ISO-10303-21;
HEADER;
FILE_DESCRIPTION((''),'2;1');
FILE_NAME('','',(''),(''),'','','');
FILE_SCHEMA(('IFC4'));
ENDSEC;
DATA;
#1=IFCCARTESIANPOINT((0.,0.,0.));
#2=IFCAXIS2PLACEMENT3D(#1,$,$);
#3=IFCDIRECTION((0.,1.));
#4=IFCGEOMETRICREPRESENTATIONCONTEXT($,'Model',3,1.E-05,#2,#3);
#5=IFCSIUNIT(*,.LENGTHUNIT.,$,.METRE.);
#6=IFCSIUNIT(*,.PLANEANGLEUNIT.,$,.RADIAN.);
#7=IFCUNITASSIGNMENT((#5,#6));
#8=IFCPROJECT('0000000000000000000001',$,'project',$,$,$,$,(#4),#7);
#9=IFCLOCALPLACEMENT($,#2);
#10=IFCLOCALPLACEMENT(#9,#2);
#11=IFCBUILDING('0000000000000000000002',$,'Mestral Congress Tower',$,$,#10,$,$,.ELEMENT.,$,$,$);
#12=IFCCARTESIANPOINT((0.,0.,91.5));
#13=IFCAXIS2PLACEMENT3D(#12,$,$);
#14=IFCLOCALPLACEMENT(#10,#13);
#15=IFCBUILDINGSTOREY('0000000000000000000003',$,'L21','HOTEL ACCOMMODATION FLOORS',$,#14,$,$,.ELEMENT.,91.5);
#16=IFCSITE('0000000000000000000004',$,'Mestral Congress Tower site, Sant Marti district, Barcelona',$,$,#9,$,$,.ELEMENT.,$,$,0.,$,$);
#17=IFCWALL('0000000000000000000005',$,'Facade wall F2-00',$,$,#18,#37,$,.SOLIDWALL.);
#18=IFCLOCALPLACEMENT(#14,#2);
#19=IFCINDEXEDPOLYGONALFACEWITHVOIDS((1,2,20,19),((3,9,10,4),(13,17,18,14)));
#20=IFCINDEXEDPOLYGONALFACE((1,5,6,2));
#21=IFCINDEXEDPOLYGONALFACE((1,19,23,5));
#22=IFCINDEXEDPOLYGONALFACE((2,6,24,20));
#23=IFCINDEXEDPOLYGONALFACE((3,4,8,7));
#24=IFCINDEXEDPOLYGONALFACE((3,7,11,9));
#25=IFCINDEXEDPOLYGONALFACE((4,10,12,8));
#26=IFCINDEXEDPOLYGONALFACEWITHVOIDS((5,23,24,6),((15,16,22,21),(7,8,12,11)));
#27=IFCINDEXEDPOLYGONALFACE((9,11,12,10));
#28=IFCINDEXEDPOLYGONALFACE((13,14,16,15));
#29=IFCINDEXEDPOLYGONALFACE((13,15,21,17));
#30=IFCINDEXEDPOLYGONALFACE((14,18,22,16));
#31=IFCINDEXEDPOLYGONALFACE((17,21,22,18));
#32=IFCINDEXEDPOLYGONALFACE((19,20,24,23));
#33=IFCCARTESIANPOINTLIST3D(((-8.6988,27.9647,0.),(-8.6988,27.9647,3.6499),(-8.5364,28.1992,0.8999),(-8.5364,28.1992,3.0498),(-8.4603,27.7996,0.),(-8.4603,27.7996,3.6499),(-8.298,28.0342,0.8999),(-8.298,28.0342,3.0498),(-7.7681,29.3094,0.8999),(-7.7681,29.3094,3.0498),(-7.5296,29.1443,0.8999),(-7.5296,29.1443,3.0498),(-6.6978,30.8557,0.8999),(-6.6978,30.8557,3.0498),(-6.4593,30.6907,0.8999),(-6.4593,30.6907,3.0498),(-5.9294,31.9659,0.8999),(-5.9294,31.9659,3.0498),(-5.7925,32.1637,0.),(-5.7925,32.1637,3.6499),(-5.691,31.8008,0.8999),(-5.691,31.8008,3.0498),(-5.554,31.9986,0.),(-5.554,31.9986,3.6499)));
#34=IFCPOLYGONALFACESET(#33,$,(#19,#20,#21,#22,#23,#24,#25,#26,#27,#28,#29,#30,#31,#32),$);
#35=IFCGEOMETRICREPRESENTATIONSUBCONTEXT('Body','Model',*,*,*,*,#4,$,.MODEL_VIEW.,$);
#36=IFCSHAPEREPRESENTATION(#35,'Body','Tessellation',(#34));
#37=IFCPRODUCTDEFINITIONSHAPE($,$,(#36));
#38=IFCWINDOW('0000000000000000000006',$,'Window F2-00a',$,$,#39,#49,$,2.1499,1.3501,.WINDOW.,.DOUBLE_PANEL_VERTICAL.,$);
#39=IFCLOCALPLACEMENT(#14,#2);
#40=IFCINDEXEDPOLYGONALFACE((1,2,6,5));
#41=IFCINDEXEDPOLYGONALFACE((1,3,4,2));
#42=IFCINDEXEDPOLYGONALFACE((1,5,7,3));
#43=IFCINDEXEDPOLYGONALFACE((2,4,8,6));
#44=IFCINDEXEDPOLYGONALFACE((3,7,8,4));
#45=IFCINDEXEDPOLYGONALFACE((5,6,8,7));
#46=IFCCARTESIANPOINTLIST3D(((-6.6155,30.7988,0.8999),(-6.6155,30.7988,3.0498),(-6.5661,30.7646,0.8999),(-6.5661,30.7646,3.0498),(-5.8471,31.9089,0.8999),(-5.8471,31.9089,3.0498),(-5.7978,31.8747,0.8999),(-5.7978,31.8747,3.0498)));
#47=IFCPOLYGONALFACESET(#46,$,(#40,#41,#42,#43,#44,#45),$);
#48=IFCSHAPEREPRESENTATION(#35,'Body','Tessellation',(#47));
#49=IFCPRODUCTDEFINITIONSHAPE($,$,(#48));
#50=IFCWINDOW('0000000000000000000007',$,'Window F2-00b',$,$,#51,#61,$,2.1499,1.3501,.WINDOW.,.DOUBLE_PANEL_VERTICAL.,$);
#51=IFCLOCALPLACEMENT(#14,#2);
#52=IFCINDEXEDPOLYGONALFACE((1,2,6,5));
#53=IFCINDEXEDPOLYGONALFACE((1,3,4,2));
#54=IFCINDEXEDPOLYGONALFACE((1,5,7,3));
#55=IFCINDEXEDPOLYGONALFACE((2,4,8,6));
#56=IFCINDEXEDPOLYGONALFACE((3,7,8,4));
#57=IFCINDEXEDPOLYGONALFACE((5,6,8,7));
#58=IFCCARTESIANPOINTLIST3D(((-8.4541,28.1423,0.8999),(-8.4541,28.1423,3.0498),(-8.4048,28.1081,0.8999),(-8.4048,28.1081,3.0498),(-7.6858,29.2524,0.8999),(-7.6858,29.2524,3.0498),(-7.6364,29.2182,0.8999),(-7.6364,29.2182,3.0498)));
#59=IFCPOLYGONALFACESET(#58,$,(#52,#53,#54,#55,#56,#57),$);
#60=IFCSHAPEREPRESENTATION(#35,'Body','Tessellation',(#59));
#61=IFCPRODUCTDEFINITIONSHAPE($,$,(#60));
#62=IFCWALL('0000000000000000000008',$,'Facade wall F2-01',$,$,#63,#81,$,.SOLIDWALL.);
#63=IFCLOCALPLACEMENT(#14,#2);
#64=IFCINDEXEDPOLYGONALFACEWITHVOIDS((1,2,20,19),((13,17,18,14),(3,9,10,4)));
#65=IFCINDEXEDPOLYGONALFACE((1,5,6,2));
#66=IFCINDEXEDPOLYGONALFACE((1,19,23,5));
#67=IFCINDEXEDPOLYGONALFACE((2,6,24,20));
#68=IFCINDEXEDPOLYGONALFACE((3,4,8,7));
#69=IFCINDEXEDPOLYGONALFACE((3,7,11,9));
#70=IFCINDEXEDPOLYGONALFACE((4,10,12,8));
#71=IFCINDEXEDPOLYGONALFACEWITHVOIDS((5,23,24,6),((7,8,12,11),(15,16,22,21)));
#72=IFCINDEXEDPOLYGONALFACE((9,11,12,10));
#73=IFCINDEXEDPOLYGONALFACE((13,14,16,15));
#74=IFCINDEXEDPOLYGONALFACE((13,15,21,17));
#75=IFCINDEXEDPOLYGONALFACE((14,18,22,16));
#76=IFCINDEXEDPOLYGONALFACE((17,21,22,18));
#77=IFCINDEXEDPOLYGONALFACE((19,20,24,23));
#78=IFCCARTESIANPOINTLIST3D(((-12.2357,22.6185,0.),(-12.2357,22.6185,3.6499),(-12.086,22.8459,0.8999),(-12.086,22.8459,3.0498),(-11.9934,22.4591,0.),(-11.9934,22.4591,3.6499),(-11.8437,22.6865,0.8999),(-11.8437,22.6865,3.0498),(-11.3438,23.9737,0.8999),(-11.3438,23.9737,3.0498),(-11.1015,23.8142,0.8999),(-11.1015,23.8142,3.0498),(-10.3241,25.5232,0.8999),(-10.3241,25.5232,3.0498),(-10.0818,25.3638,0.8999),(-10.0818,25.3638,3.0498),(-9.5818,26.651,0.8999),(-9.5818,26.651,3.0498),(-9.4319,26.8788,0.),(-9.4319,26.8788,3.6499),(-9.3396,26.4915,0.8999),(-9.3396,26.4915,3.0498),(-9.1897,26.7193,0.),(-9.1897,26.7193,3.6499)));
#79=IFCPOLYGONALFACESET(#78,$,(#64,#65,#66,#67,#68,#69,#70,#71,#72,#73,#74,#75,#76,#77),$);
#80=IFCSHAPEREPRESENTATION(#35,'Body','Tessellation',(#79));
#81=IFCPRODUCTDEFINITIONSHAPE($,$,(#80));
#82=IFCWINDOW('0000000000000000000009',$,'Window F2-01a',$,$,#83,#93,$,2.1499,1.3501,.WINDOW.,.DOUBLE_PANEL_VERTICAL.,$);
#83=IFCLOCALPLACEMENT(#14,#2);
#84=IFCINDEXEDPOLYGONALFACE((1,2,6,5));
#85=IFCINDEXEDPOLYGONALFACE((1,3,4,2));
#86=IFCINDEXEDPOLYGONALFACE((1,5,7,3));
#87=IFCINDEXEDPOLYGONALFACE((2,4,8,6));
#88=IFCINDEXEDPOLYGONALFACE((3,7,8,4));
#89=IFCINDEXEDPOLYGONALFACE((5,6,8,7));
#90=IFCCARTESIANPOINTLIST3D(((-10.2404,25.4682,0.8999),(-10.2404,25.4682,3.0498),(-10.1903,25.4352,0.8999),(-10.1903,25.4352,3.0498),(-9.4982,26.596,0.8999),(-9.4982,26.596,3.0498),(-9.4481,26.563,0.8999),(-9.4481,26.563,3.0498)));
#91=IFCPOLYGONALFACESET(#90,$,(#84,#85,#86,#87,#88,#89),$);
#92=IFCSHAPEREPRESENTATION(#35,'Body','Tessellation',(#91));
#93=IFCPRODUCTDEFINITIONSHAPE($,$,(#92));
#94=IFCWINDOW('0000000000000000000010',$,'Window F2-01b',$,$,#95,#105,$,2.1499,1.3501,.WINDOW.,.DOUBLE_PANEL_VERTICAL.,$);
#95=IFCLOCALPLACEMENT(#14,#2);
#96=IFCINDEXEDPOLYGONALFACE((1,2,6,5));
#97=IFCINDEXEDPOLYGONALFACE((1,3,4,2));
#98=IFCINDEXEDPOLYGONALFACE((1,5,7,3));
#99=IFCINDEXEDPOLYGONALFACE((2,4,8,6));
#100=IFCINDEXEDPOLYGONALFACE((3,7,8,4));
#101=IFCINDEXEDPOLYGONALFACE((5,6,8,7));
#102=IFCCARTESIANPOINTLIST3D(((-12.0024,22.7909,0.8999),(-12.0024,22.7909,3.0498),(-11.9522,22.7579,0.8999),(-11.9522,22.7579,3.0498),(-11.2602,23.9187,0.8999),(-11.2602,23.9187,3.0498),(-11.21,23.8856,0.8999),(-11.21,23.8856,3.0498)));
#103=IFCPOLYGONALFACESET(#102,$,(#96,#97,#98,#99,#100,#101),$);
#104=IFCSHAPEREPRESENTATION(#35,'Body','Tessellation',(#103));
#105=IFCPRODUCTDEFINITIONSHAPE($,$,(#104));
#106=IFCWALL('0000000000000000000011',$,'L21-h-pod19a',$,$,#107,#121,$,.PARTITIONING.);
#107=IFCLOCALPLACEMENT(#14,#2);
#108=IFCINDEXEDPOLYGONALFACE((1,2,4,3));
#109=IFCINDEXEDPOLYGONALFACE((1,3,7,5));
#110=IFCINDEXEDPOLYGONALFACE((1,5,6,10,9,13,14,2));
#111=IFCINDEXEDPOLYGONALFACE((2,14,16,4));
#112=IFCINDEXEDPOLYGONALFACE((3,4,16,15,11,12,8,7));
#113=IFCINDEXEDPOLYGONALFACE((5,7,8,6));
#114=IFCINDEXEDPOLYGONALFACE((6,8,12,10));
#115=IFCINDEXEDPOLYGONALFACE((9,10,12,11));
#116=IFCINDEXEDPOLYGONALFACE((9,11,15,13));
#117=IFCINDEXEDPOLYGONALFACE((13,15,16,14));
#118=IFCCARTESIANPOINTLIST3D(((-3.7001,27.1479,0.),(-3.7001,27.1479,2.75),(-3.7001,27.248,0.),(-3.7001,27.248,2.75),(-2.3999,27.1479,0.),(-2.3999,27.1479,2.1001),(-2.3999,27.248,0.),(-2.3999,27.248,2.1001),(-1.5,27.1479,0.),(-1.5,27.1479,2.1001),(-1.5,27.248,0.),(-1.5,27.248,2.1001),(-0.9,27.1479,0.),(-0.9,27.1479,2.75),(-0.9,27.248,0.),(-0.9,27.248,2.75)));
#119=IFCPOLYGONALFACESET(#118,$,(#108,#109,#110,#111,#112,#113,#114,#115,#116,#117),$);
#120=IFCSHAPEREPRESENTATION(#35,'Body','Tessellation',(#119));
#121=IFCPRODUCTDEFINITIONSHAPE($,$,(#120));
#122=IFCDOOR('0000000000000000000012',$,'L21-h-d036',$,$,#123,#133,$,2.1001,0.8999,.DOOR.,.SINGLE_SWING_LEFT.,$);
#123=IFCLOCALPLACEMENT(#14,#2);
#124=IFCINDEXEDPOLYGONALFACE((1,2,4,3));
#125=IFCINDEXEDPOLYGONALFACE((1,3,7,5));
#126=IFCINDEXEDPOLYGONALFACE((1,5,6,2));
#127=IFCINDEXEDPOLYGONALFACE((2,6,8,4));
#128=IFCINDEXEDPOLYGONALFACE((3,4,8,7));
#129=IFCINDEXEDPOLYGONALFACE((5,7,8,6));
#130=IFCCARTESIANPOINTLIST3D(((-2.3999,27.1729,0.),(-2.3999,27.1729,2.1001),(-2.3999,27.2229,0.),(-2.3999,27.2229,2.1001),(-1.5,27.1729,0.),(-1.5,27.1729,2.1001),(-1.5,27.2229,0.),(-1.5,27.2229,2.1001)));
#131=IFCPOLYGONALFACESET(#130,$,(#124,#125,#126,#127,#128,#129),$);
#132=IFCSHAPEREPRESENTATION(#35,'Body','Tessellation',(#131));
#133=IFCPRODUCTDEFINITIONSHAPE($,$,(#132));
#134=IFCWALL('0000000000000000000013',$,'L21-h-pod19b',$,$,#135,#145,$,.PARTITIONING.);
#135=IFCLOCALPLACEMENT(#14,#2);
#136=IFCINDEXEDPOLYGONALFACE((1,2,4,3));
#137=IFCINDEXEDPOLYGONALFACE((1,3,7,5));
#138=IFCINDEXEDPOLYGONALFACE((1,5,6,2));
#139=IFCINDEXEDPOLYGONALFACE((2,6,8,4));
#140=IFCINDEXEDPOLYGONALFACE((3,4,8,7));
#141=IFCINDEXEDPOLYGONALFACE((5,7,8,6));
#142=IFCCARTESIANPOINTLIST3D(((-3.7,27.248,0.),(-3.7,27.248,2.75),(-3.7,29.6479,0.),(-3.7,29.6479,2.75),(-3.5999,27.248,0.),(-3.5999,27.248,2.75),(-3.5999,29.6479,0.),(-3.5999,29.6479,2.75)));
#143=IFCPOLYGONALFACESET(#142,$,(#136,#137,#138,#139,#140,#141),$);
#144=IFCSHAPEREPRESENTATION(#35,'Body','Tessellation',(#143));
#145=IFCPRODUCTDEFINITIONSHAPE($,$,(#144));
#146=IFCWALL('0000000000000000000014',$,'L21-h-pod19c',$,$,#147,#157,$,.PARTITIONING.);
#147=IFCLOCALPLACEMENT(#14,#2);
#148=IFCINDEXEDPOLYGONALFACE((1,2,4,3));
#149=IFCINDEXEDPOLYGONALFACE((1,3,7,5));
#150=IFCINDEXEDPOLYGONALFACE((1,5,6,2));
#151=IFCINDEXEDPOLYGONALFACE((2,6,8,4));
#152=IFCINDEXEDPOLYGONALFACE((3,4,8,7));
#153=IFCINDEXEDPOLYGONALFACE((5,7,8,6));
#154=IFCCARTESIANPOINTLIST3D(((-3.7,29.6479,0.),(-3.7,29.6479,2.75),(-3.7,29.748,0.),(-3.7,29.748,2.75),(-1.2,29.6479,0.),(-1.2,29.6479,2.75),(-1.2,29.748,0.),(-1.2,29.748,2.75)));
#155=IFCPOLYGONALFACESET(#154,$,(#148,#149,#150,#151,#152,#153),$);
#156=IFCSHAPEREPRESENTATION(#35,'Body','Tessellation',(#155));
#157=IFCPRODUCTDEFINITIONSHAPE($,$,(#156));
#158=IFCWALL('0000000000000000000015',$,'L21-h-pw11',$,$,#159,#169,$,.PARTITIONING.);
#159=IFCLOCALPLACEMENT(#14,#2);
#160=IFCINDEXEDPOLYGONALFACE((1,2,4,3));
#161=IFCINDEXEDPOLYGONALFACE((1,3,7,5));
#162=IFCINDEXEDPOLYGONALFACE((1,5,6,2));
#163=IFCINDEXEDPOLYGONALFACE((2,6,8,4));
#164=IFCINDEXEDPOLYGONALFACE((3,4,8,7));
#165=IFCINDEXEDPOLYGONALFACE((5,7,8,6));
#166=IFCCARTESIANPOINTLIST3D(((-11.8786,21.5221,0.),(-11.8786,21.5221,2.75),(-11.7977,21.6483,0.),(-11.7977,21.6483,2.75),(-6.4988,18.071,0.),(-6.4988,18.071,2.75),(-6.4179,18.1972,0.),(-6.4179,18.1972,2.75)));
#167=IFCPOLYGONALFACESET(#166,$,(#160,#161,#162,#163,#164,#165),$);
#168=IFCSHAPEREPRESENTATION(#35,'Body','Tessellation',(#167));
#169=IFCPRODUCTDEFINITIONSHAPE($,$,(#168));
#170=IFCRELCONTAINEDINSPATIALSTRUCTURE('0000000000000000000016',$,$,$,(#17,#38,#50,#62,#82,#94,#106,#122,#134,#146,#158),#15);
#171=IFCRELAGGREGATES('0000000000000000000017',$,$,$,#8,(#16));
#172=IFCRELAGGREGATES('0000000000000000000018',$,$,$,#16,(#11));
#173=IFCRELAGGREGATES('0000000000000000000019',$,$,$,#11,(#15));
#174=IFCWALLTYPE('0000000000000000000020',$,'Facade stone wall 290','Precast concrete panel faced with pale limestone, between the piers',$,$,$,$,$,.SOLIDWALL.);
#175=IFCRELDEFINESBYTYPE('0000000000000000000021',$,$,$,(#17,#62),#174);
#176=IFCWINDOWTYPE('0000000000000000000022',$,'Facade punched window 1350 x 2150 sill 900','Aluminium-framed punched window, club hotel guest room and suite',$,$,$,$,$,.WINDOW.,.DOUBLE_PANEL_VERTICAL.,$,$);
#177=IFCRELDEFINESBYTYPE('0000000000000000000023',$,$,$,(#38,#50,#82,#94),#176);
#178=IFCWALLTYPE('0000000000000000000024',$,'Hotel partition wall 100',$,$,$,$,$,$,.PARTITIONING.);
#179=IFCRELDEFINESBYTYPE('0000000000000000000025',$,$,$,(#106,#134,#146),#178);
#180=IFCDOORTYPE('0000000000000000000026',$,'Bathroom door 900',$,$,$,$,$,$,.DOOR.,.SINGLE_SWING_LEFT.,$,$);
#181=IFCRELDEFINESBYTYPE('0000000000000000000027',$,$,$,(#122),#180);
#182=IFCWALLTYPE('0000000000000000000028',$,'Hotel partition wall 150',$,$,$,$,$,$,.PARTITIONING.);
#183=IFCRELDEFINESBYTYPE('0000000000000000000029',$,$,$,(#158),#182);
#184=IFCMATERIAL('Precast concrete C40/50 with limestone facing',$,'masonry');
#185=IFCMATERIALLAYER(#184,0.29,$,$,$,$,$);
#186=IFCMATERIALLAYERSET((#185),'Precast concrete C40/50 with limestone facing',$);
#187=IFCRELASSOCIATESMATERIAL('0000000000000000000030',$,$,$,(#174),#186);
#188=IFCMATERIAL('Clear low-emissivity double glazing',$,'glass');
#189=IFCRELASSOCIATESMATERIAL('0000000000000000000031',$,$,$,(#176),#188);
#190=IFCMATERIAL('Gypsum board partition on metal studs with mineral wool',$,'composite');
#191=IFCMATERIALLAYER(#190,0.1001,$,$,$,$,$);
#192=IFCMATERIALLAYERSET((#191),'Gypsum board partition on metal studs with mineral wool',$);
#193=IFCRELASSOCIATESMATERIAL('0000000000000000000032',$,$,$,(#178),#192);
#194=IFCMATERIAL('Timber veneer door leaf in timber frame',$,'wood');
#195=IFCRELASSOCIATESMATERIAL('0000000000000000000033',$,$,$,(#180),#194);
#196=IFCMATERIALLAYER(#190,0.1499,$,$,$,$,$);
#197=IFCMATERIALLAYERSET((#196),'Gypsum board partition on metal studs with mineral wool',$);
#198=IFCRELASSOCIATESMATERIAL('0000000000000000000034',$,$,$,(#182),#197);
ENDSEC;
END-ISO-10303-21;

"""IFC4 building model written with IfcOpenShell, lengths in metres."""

from ifc_helpers import new_model, si_unit, direction, frame, frame_2d, origin, place, context, subcontext, project, spatial, rectangle, extrude, material, layer, layer_set, type_object, element, fill, save


model = new_model("IFC4")

# Units and contexts
model_context = context("Model", 3, precision=1e-05, world=origin(), true_north=direction((0.0, 1.0)))
body_context = subcontext(model_context, "Body", "Model", "MODEL_VIEW")
ifc_project = project(units=[si_unit("LENGTHUNIT", "METRE"), si_unit("PLANEANGLEUNIT", "RADIAN")], contexts=[model_context])

# Site, building, storey
site_placement = place(None, origin())
site = spatial("IfcSite", under=ifc_project, at=site_placement, Name="Mestral Congress Tower site, Sant Marti district, Barcelona", CompositionType="ELEMENT", RefElevation=0.0)
building_placement = place(site_placement, origin())
building = spatial("IfcBuilding", under=site, at=building_placement, Name="Mestral Congress Tower", CompositionType="ELEMENT")
storey_placement = place(building_placement, frame((0.0, 0.0, 91.5)))
storey = spatial("IfcBuildingStorey", under=building, at=storey_placement, Name="L21", Description="HOTEL ACCOMMODATION FLOORS", CompositionType="ELEMENT", Elevation=91.5)

# Shared definitions
ifc_material_1 = material(Name="Precast concrete C40/50 with limestone facing", Category="masonry")
ifc_layer_1 = layer(ifc_material_1, 0.29)
ifc_layer_set_1 = layer_set([ifc_layer_1], Name="Precast concrete C40/50 with limestone facing")
wall_type_1 = type_object("IfcWallType", Name="Facade stone wall 290", Description="Precast concrete panel faced with pale limestone, between the piers", PredefinedType="SOLIDWALL", material=ifc_layer_set_1)

# Shared definitions
ifc_material_2 = material(Name="Clear low-emissivity double glazing", Category="glass")

# Walls, openings, windows
wall_1_placement = place(storey_placement, frame((-5.6733, 32.0811, 0.0), z_axis=(0.0, 0.0, 1.0), x_axis=(-0.569113, -0.822259, 0.0)))
wall_1 = element("IfcWall", 1, at=wall_1_placement, inside=storey, type_object=wall_type_1, Name="Facade wall F2-00", PredefinedType="SOLIDWALL", context=body_context, shape_type="SweptSolid", body=[
    extrude(rectangle(XDim=5.1067, YDim=0.29, at=frame_2d((2.5532, 0.0))), origin(), (0.0, 0.0, 1.0), 3.6499),
])
opening_1_placement = place(wall_1_placement, frame((0.2405, 0.0, 0.8999)))
opening_1 = element("IfcOpeningElement", 2, at=opening_1_placement, cuts=wall_1, PredefinedType="OPENING", context=body_context, shape_type="SweptSolid", body=[
    extrude(rectangle(XDim=1.3501, YDim=2.1499, at=frame_2d((0.675, 1.075))), frame((0.0, 0.155, 0.0), z_axis=(0.0, -1.0, 0.0), x_axis=(1.0, 0.0, 0.0)), (0.0, 0.0, 1.0), 0.3101),
])
opening_2_placement = place(wall_1_placement, frame((3.4712, 0.0, 0.8999)))
opening_2 = element("IfcOpeningElement", 3, at=opening_2_placement, cuts=wall_1, PredefinedType="OPENING", context=body_context, shape_type="SweptSolid", body=[
    extrude(rectangle(XDim=1.3501, YDim=2.1499, at=frame_2d((0.675, 1.075))), frame((0.0, 0.155, 0.0), z_axis=(0.0, -1.0, 0.0), x_axis=(1.0, 0.0, 0.0)), (0.0, 0.0, 1.0), 0.3101),
])
window_type_1 = type_object("IfcWindowType", Name="Facade punched window 1350 x 2150 sill 900", Description="Aluminium-framed punched window, club hotel guest room and suite", PartitioningType="DOUBLE_PANEL_VERTICAL", PredefinedType="WINDOW", material=ifc_material_2)
window_1_placement = place(opening_1_placement, origin())
window_1 = element("IfcWindow", 4, at=window_1_placement, inside=storey, type_object=window_type_1, Name="Window F2-00a", OverallHeight=2.1499, OverallWidth=1.3501, PartitioningType="DOUBLE_PANEL_VERTICAL", PredefinedType="WINDOW", context=body_context, shape_type="SweptSolid", body=[
    extrude(rectangle(XDim=1.3501, YDim=2.1499, at=frame_2d((0.675, 1.075))), frame((0.0, 0.0151, 0.0), z_axis=(0.0, -1.0, 0.0), x_axis=(1.0, 0.0, 0.0)), (0.0, 0.0, 1.0), 0.0601),
])
fill(opening_1, window_1)
window_2_placement = place(opening_2_placement, origin())
window_2 = element("IfcWindow", 5, at=window_2_placement, inside=storey, type_object=window_type_1, Name="Window F2-00b", OverallHeight=2.1499, OverallWidth=1.3501, PartitioningType="DOUBLE_PANEL_VERTICAL", PredefinedType="WINDOW", context=body_context, shape_type="SweptSolid", body=[
    extrude(rectangle(XDim=1.3501, YDim=2.1499, at=frame_2d((0.675, 1.075))), frame((0.0, 0.0151, 0.0), z_axis=(0.0, -1.0, 0.0), x_axis=(1.0, 0.0, 0.0)), (0.0, 0.0, 1.0), 0.0601),
])
fill(opening_2, window_2)
wall_2_placement = place(storey_placement, frame((-9.3108, 26.7991, 0.0), z_axis=(0.0, 0.0, 1.0), x_axis=(-0.549741, -0.835335, 0.0)))
wall_2 = element("IfcWall", 6, at=wall_2_placement, inside=storey, type_object=wall_type_1, Name="Facade wall F2-01", PredefinedType="SOLIDWALL", context=body_context, shape_type="SweptSolid", body=[
    extrude(rectangle(XDim=5.1001, YDim=0.29, at=frame_2d((2.55, 0.0))), origin(), (0.0, 0.0, 1.0), 3.6499),
])
opening_3_placement = place(wall_2_placement, frame((0.2727, 0.0, 0.8999)))
opening_3 = element("IfcOpeningElement", 7, at=opening_3_placement, cuts=wall_2, PredefinedType="OPENING", context=body_context, shape_type="SweptSolid", body=[
    extrude(rectangle(XDim=1.3501, YDim=2.1499, at=frame_2d((0.675, 1.075))), frame((0.0, 0.155, 0.0), z_axis=(0.0, -1.0, 0.0), x_axis=(1.0, 0.0, 0.0)), (0.0, 0.0, 1.0), 0.3101),
])
opening_4_placement = place(wall_2_placement, frame((3.4778, 0.0, 0.8999)))
opening_4 = element("IfcOpeningElement", 8, at=opening_4_placement, cuts=wall_2, PredefinedType="OPENING", context=body_context, shape_type="SweptSolid", body=[
    extrude(rectangle(XDim=1.3501, YDim=2.1499, at=frame_2d((0.675, 1.075))), frame((0.0, 0.155, 0.0), z_axis=(0.0, -1.0, 0.0), x_axis=(1.0, 0.0, 0.0)), (0.0, 0.0, 1.0), 0.3101),
])
window_3_placement = place(opening_3_placement, origin())
window_3 = element("IfcWindow", 9, at=window_3_placement, inside=storey, type_object=window_type_1, Name="Window F2-01a", OverallHeight=2.1499, OverallWidth=1.3501, PartitioningType="DOUBLE_PANEL_VERTICAL", PredefinedType="WINDOW", context=body_context, shape_type="SweptSolid", body=[
    extrude(rectangle(XDim=1.3501, YDim=2.1499, at=frame_2d((0.675, 1.075))), frame((0.0, 0.0151, 0.0), z_axis=(0.0, -1.0, 0.0), x_axis=(1.0, 0.0, 0.0)), (0.0, 0.0, 1.0), 0.0601),
])
fill(opening_3, window_3)
window_4_placement = place(opening_4_placement, origin())
window_4 = element("IfcWindow", 10, at=window_4_placement, inside=storey, type_object=window_type_1, Name="Window F2-01b", OverallHeight=2.1499, OverallWidth=1.3501, PartitioningType="DOUBLE_PANEL_VERTICAL", PredefinedType="WINDOW", context=body_context, shape_type="SweptSolid", body=[
    extrude(rectangle(XDim=1.3501, YDim=2.1499, at=frame_2d((0.675, 1.075))), frame((0.0, 0.0151, 0.0), z_axis=(0.0, -1.0, 0.0), x_axis=(1.0, 0.0, 0.0)), (0.0, 0.0, 1.0), 0.0601),
])
fill(opening_4, window_4)

# Wall, opening, door
ifc_material_3 = material(Name="Gypsum board partition on metal studs with mineral wool", Category="composite")
ifc_layer_2 = layer(ifc_material_3, 0.1001)
ifc_layer_set_2 = layer_set([ifc_layer_2], Name="Gypsum board partition on metal studs with mineral wool")
wall_type_2 = type_object("IfcWallType", Name="Hotel partition wall 100", PredefinedType="PARTITIONING", material=ifc_layer_set_2)
wall_3_placement = place(storey_placement, frame((-3.7, 27.198, 0.0), z_axis=(0.0, 0.0, 1.0), x_axis=(1.0, 0.0, 0.0)))
wall_3 = element("IfcWall", 11, at=wall_3_placement, inside=storey, type_object=wall_type_2, Name="L21-h-pod19a", PredefinedType="PARTITIONING", context=body_context, shape_type="SweptSolid", body=[
    extrude(rectangle(XDim=2.8, YDim=0.1001, at=frame_2d((1.3999, 0.0))), origin(), (0.0, 0.0, 1.0), 2.75),
])
opening_5_placement = place(wall_3_placement, frame((1.3, 0.0, 0.0)))
opening_5 = element("IfcOpeningElement", 12, at=opening_5_placement, cuts=wall_3, PredefinedType="OPENING", context=body_context, shape_type="SweptSolid", body=[
    extrude(rectangle(XDim=0.8999, YDim=2.1001, at=frame_2d((0.45, 1.05))), frame((0.0, 0.0601, 0.0), z_axis=(0.0, -1.0, 0.0), x_axis=(1.0, 0.0, 0.0)), (0.0, 0.0, 1.0), 0.1201),
])
ifc_material_4 = material(Name="Timber veneer door leaf in timber frame", Category="wood")
door_type = type_object("IfcDoorType", Name="Bathroom door 900", OperationType="SINGLE_SWING_LEFT", PredefinedType="DOOR", material=ifc_material_4)
door_placement = place(opening_5_placement, origin())
door = element("IfcDoor", 13, at=door_placement, inside=storey, type_object=door_type, Name="L21-h-d036", OperationType="SINGLE_SWING_LEFT", OverallHeight=2.1001, OverallWidth=0.8999, PredefinedType="DOOR", context=body_context, shape_type="SweptSolid", body=[
    extrude(rectangle(XDim=0.8999, YDim=2.1001, at=frame_2d((0.45, 1.05))), frame((0.0, 0.0249, 0.0), z_axis=(0.0, -1.0, 0.0), x_axis=(1.0, 0.0, 0.0)), (0.0, 0.0, 1.0), 0.05),
])
fill(opening_5, door)

# Walls
wall_4_placement = place(storey_placement, frame((-3.6499, 27.248, 0.0), z_axis=(0.0, 0.0, 1.0), x_axis=(0.0, 1.0, 0.0)))
element("IfcWall", 14, at=wall_4_placement, inside=storey, type_object=wall_type_2, Name="L21-h-pod19b", PredefinedType="PARTITIONING", context=body_context, shape_type="SweptSolid", body=[
    extrude(rectangle(XDim=2.3999, YDim=0.1001, at=frame_2d((1.2, 0.0))), origin(), (0.0, 0.0, 1.0), 2.75),
])
wall_5_placement = place(storey_placement, frame((-1.2, 29.698, 0.0), z_axis=(0.0, 0.0, 1.0), x_axis=(-1.0, 0.0, 0.0)))
element("IfcWall", 15, at=wall_5_placement, inside=storey, type_object=wall_type_2, Name="L21-h-pod19c", PredefinedType="PARTITIONING", context=body_context, shape_type="SweptSolid", body=[
    extrude(rectangle(XDim=2.5, YDim=0.1001, at=frame_2d((1.25, 0.0))), origin(), (0.0, 0.0, 1.0), 2.75),
])
ifc_layer_3 = layer(ifc_material_3, 0.1499)
ifc_layer_set_3 = layer_set([ifc_layer_3], Name="Gypsum board partition on metal studs with mineral wool")
wall_type_3 = type_object("IfcWallType", Name="Hotel partition wall 150", PredefinedType="PARTITIONING", material=ifc_layer_set_3)
wall_6_placement = place(storey_placement, frame((-11.8381, 21.5852, 0.0), z_axis=(0.0, 0.0, 1.0), x_axis=(0.841699, -0.539947, 0.0)))
element("IfcWall", 16, at=wall_6_placement, inside=storey, type_object=wall_type_3, Name="L21-h-pw11", PredefinedType="PARTITIONING", context=body_context, shape_type="SweptSolid", body=[
    extrude(rectangle(XDim=6.3916, YDim=0.1499, at=frame_2d((3.1958, 0.0))), origin(), (0.0, 0.0, 1.0), 2.75),
])

save(model, "model.ifc")
